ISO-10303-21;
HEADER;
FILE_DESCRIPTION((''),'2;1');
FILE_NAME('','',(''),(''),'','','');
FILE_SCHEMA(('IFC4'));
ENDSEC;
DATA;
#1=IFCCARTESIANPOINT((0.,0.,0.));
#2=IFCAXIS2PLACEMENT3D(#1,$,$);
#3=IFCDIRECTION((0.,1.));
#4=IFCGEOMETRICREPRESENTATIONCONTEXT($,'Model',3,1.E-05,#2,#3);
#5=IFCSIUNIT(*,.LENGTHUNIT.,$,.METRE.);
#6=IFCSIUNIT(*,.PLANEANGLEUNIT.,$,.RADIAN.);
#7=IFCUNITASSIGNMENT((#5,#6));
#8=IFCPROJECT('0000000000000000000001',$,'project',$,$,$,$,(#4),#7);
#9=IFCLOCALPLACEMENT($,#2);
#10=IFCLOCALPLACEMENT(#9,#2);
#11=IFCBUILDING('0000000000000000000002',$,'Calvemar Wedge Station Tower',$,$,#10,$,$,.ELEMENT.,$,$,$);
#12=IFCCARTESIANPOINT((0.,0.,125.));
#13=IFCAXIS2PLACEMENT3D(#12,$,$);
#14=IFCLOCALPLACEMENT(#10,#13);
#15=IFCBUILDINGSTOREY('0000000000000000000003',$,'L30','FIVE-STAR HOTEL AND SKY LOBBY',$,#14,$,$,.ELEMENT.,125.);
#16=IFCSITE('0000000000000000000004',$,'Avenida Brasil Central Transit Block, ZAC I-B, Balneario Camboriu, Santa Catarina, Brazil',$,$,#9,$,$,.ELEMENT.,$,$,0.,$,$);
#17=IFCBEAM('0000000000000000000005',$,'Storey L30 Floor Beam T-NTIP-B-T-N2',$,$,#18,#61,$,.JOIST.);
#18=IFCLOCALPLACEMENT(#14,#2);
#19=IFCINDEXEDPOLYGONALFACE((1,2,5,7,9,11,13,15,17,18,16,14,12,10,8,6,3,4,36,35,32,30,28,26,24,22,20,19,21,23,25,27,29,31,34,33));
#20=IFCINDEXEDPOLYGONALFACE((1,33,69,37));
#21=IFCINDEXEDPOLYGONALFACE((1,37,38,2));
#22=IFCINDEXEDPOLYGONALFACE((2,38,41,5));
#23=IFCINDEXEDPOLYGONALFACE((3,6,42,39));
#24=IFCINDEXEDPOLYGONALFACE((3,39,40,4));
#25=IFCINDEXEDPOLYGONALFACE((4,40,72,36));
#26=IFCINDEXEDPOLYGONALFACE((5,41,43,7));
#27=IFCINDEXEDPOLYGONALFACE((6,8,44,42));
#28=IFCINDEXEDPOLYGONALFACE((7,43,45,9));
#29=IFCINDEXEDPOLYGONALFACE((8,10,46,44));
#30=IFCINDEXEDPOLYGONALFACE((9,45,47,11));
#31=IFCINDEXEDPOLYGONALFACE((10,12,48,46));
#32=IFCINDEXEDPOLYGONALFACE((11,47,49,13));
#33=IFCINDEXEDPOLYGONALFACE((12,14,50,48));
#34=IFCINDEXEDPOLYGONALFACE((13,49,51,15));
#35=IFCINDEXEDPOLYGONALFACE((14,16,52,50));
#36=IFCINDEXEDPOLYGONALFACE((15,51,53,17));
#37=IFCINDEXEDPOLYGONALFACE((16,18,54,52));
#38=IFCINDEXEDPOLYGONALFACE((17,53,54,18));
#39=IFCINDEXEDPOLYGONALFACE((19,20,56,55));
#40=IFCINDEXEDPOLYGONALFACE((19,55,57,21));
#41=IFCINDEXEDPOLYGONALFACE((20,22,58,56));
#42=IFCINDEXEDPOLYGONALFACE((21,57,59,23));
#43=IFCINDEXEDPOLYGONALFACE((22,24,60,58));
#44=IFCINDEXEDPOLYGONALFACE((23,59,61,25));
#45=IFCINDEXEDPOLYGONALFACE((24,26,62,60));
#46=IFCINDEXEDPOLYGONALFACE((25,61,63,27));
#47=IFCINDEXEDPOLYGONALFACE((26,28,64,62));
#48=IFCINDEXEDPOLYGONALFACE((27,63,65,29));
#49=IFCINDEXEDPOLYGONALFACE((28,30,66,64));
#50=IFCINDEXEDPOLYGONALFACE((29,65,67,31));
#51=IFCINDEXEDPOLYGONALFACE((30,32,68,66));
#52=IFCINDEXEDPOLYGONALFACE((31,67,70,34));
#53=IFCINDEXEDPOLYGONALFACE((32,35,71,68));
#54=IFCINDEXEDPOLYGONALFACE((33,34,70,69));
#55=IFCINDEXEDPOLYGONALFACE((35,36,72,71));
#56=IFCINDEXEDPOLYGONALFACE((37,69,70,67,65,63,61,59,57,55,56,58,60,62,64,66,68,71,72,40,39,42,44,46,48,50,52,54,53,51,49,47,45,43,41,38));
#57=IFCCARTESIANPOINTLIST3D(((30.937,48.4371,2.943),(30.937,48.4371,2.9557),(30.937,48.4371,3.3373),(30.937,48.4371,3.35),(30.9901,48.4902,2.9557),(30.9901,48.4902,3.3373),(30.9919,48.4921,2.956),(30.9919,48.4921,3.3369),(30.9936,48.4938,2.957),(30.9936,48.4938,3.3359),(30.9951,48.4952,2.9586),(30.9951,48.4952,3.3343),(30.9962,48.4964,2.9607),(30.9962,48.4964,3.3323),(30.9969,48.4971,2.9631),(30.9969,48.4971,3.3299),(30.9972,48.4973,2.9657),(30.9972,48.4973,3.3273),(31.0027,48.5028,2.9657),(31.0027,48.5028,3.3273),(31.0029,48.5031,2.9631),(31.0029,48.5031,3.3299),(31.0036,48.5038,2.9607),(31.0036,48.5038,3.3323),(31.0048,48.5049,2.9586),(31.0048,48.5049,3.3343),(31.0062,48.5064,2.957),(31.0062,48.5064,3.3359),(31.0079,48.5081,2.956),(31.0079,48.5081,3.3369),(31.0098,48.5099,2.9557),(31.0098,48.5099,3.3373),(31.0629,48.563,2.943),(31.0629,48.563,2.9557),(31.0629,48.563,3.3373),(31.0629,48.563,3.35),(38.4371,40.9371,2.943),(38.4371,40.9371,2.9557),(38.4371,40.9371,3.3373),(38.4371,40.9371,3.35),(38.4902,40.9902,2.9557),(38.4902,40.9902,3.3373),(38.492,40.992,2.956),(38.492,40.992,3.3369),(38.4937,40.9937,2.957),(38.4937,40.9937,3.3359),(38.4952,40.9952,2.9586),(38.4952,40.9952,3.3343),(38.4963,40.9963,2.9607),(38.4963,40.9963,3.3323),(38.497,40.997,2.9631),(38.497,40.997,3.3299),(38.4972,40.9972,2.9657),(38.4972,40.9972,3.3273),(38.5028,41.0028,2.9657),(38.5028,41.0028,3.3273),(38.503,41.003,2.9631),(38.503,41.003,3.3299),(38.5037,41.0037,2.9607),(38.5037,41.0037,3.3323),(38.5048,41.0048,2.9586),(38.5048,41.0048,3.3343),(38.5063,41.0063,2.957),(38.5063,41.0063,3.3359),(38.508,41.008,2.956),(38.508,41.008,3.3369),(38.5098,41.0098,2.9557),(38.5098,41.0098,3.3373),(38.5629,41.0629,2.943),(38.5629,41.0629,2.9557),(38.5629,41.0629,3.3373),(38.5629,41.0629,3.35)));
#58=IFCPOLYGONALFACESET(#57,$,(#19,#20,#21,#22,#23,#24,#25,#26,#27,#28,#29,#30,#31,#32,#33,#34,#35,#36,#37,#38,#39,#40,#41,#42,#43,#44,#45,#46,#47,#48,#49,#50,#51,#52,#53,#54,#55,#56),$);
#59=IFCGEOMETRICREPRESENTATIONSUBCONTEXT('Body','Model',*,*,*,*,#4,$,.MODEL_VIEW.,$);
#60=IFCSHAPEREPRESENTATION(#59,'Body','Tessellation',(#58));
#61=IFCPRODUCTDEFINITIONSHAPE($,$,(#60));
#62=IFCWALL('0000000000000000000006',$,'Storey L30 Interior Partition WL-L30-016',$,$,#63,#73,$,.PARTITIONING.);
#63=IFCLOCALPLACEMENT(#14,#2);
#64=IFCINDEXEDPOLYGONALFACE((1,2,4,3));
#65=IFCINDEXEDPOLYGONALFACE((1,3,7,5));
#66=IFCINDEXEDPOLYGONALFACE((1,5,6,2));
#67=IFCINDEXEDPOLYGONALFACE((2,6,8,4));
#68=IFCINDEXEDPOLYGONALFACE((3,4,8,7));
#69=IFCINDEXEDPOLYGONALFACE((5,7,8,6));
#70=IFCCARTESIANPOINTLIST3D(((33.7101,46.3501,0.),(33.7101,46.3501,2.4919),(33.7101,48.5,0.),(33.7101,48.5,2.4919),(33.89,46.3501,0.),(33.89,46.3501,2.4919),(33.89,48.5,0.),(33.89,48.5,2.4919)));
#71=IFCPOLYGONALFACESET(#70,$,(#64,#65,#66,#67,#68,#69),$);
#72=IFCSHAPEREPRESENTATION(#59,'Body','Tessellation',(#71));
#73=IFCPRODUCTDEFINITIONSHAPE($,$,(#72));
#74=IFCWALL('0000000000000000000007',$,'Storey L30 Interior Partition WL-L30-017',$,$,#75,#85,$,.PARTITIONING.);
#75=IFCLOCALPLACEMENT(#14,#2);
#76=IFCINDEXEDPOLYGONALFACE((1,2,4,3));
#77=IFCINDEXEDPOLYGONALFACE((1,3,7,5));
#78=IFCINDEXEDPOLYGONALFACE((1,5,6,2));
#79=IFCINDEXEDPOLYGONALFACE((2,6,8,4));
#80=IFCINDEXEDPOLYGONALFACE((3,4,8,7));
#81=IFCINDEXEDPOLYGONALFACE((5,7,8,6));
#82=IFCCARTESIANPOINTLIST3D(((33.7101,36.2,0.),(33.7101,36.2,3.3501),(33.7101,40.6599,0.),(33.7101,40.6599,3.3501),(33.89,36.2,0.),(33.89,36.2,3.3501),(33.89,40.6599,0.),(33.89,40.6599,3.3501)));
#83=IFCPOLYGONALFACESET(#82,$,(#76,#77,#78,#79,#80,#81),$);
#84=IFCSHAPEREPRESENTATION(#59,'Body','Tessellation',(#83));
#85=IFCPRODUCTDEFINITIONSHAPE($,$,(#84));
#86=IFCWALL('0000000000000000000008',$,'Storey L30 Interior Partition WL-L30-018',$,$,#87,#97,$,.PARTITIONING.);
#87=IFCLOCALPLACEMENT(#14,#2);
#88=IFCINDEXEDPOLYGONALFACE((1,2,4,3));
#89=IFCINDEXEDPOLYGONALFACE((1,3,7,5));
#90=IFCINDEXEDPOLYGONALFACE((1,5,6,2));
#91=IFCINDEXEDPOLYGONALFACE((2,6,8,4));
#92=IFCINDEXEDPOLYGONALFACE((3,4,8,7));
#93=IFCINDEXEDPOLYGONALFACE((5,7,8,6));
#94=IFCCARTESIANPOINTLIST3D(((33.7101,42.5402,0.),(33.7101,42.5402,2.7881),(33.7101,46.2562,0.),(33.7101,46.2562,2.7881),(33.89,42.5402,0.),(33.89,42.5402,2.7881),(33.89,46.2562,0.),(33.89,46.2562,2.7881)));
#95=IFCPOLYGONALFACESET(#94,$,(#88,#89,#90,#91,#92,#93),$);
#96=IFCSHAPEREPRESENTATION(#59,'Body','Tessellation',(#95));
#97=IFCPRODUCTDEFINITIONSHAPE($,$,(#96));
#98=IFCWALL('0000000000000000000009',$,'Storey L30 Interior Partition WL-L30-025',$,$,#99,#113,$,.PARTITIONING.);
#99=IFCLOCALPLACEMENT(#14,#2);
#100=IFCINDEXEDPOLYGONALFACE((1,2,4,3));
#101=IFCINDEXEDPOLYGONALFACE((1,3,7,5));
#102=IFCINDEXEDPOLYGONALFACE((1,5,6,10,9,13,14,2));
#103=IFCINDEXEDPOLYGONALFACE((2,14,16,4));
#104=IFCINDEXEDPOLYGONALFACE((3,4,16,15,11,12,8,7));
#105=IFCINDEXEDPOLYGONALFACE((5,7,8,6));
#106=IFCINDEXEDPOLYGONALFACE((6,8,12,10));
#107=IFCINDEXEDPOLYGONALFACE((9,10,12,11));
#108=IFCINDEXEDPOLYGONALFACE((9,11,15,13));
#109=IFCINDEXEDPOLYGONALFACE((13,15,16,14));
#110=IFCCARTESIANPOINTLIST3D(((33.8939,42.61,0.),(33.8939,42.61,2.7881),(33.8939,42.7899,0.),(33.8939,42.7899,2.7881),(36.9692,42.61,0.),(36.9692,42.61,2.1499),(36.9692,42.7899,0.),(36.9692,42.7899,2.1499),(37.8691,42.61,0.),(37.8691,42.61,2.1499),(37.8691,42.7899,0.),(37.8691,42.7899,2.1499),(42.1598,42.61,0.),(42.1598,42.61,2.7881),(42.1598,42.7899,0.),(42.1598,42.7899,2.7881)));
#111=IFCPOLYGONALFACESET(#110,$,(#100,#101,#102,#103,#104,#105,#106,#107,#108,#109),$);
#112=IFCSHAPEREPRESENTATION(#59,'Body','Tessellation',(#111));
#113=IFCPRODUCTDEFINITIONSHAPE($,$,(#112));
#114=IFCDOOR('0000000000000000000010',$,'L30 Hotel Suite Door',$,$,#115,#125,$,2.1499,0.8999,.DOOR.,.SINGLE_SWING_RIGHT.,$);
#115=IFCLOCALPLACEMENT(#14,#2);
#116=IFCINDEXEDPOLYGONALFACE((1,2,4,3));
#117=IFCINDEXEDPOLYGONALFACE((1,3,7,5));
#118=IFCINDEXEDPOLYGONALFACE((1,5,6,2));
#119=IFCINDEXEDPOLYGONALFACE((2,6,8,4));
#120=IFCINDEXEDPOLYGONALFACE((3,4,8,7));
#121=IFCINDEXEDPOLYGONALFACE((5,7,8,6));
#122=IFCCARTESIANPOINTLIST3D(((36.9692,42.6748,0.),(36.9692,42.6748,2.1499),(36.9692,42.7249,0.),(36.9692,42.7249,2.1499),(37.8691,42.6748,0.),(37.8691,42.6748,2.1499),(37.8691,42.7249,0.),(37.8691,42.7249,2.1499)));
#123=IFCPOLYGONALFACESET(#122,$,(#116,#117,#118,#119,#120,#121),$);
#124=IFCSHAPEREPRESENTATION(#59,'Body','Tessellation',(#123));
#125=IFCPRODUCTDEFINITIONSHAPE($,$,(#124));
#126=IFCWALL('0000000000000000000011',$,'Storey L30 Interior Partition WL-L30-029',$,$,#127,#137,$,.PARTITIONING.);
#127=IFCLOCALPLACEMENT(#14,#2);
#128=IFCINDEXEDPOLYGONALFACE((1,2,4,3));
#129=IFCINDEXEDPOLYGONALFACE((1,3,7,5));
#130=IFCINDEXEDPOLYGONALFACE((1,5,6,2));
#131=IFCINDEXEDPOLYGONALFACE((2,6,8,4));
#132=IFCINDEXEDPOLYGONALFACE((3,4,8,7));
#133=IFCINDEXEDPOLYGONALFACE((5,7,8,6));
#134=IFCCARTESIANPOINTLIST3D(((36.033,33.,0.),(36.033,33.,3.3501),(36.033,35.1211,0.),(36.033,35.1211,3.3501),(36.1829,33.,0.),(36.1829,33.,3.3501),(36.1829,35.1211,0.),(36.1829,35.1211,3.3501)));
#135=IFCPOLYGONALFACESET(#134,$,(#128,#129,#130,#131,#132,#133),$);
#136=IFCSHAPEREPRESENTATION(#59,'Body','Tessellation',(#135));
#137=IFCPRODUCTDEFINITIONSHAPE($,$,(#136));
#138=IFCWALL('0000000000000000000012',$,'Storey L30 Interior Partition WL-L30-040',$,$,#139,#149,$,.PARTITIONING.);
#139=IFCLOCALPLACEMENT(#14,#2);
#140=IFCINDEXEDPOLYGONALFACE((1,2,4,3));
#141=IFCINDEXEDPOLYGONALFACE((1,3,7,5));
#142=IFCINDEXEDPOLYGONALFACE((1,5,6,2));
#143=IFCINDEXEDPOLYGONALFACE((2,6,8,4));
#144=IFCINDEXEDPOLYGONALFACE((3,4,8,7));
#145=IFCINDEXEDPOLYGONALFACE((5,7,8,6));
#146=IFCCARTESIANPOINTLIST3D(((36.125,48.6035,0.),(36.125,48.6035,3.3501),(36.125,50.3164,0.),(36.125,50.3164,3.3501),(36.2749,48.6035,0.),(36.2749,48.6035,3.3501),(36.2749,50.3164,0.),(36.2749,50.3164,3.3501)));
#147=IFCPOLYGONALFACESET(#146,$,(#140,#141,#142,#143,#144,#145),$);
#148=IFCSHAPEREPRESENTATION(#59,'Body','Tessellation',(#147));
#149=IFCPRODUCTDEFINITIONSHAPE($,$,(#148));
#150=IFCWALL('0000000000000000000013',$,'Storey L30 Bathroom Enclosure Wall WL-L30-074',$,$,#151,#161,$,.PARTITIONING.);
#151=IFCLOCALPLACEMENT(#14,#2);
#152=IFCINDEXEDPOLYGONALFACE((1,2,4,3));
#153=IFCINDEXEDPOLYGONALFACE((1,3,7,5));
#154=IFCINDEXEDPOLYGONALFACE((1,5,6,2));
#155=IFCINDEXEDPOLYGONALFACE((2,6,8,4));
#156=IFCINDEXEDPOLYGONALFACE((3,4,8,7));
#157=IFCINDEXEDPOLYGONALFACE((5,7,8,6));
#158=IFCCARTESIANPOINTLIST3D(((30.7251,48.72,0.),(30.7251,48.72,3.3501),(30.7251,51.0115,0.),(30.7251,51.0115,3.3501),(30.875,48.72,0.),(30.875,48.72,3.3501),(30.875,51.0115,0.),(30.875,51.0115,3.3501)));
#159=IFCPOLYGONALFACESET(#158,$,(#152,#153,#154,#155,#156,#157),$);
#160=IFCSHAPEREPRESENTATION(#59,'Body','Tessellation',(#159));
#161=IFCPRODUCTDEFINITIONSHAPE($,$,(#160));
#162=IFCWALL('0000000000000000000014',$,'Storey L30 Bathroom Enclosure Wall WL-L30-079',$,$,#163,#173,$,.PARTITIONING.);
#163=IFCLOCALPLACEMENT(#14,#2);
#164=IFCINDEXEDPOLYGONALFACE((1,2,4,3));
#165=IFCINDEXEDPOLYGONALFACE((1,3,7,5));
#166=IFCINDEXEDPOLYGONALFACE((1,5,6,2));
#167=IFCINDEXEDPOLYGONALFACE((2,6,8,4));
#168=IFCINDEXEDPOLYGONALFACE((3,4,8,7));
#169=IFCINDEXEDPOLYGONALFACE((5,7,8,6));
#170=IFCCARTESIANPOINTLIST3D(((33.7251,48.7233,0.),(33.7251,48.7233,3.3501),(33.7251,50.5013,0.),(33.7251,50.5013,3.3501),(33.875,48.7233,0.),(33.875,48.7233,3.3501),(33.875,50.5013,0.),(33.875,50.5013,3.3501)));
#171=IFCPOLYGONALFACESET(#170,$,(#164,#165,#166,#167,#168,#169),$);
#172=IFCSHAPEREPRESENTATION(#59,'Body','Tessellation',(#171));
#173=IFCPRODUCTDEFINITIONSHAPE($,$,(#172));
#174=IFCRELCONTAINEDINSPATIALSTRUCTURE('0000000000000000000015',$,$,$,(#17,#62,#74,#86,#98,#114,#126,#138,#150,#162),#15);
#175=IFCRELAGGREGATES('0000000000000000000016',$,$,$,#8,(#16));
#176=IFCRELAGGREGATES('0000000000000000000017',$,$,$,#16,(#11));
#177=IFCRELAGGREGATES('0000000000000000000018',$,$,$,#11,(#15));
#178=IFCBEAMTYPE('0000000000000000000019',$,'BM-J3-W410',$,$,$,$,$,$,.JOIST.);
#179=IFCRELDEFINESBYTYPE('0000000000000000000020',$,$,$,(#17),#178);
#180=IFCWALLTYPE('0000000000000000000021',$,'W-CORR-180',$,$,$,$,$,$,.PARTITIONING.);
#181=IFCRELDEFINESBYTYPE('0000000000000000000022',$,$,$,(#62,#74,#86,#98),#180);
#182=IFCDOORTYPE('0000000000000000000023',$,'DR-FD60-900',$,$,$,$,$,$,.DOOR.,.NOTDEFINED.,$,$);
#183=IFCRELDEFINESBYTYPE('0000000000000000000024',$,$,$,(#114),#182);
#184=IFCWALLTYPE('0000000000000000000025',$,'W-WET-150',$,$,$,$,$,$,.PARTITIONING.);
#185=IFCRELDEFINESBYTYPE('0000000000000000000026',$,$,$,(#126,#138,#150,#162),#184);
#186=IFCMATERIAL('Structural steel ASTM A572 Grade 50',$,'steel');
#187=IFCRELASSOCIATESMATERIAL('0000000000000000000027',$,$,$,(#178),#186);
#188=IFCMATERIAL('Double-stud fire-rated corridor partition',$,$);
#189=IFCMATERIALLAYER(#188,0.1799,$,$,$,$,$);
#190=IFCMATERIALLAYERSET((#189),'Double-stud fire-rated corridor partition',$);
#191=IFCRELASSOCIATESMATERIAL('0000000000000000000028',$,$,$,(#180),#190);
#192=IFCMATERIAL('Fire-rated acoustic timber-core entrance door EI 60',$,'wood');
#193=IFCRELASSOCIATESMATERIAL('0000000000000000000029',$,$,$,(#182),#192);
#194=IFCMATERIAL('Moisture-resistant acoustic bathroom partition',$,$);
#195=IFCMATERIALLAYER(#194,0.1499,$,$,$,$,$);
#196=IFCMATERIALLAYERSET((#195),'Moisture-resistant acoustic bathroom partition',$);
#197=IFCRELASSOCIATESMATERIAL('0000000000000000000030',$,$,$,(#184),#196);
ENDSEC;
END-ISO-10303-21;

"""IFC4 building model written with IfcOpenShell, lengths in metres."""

from ifc_helpers import new_model, si_unit, direction, frame, frame_2d, origin, origin_2d, place, context, subcontext, project, spatial, rectangle, i_section, extrude, source, transform, mapped, material, layer, layer_set, material_profile, profile_set, type_object, element, fill, save


model = new_model("IFC4")

# Units and contexts
model_context = context("Model", 3, precision=1e-05, world=origin(), true_north=direction((0.0, 1.0)))
body_context = subcontext(model_context, "Body", "Model", "MODEL_VIEW")
ifc_project = project(units=[si_unit("LENGTHUNIT", "METRE"), si_unit("PLANEANGLEUNIT", "RADIAN")], contexts=[model_context])

# Site, building, storey
site_placement = place(None, origin())
site = spatial("IfcSite", under=ifc_project, at=site_placement, Name="Avenida Brasil Central Transit Block, ZAC I-B, Balneario Camboriu, Santa Catarina, Brazil", CompositionType="ELEMENT", RefElevation=0.0)
building_placement = place(site_placement, origin())
building = spatial("IfcBuilding", under=site, at=building_placement, Name="Calvemar Wedge Station Tower", CompositionType="ELEMENT")
storey_placement = place(building_placement, frame((0.0, 0.0, 125.0)))
storey = spatial("IfcBuildingStorey", under=building, at=storey_placement, Name="L30", Description="FIVE-STAR HOTEL AND SKY LOBBY", CompositionType="ELEMENT", Elevation=125.0)

# Shared definitions
ifc_material_1 = material(Name="Structural steel ASTM A572 Grade 50", Category="steel")

# Beam
ifc_material_profile_1 = material_profile(ifc_material_1, i_section(OverallWidth=0.178, OverallDepth=0.407, WebThickness=0.0078, FlangeThickness=0.0127, FilletRadius=0.01, at=origin_2d()), Name="W410x60")
ifc_profile_set_1 = profile_set([ifc_material_profile_1], Name="Structural steel ASTM A572 Grade 50")
beam_type_1 = type_object("IfcBeamType", Name="BM-J3-W410", PredefinedType="JOIST", material=ifc_profile_set_1)
shared_shape_1 = source(origin(), body_context, "Body", "SweptSolid", [
    extrude(i_section(OverallWidth=0.178, OverallDepth=0.407, WebThickness=0.0078, FlangeThickness=0.0127, FilletRadius=0.01, at=origin_2d()), origin(), (0.0, 0.0, 1.0), 10.6067),
])
beam_1_placement = place(storey_placement, frame((38.5, 41.0, 3.1465), z_axis=(-0.707107, 0.707107, 0.0), x_axis=(-0.707107, -0.707107, 0.0)))
element("IfcBeam", 1, at=beam_1_placement, inside=storey, type_object=beam_type_1, Name="Storey L30 Floor Beam T-NTIP-B-T-N2", PredefinedType="JOIST", context=body_context, shape_type="MappedRepresentation", body=[
    mapped(shared_shape_1, transform((0.0, 0.0, 0.0), scale=1.0)),
])

# Walls
ifc_material_2 = material(Name="Double-stud fire-rated corridor partition")
ifc_layer_1 = layer(ifc_material_2, 0.1799)
ifc_layer_set_1 = layer_set([ifc_layer_1], Name="Double-stud fire-rated corridor partition")
wall_type_1 = type_object("IfcWallType", Name="W-CORR-180", PredefinedType="PARTITIONING", material=ifc_layer_set_1)
wall_1_placement = place(storey_placement, frame((33.8, 48.5, 0.0), z_axis=(0.0, 0.0, 1.0), x_axis=(0.0, -1.0, 0.0)))
element("IfcWall", 2, at=wall_1_placement, inside=storey, type_object=wall_type_1, Name="Storey L30 Interior Partition WL-L30-016", PredefinedType="PARTITIONING", context=body_context, shape_type="SweptSolid", body=[
    extrude(rectangle(XDim=2.1499, YDim=0.1799, at=frame_2d((1.075, 0.0))), origin(), (0.0, 0.0, 1.0), 2.4919),
])
wall_2_placement = place(storey_placement, frame((33.8, 40.6599, 0.0), z_axis=(0.0, 0.0, 1.0), x_axis=(0.0, -1.0, 0.0)))
element("IfcWall", 3, at=wall_2_placement, inside=storey, type_object=wall_type_1, Name="Storey L30 Interior Partition WL-L30-017", PredefinedType="PARTITIONING", context=body_context, shape_type="SweptSolid", body=[
    extrude(rectangle(XDim=4.46, YDim=0.1799, at=frame_2d((2.23, 0.0))), origin(), (0.0, 0.0, 1.0), 3.3501),
])
wall_3_placement = place(storey_placement, frame((33.8, 46.2561, 0.0), z_axis=(0.0, 0.0, 1.0), x_axis=(0.0, -1.0, 0.0)))
element("IfcWall", 4, at=wall_3_placement, inside=storey, type_object=wall_type_1, Name="Storey L30 Interior Partition WL-L30-018", PredefinedType="PARTITIONING", context=body_context, shape_type="SweptSolid", body=[
    extrude(rectangle(XDim=3.7161, YDim=0.1799, at=frame_2d((1.8579, 0.0))), origin(), (0.0, 0.0, 1.0), 2.7881),
])

# Wall, opening, door
wall_4_placement = place(storey_placement, frame((33.894, 42.7, 0.0), z_axis=(0.0, 0.0, 1.0), x_axis=(1.0, 0.0, 0.0)))
wall_4 = element("IfcWall", 5, at=wall_4_placement, inside=storey, type_object=wall_type_1, Name="Storey L30 Interior Partition WL-L30-025", PredefinedType="PARTITIONING", context=body_context, shape_type="SweptSolid", body=[
    extrude(rectangle(XDim=8.2659, YDim=0.1799, at=frame_2d((4.1328, 0.0))), origin(), (0.0, 0.0, 1.0), 2.7881),
])
shared_shape_2 = source(origin(), body_context, "Body", "SweptSolid", [
    extrude(rectangle(XDim=0.8999, YDim=2.1499, at=frame_2d((0.45, 1.075))), frame((0.0, 0.1001, 0.0), z_axis=(0.0, -1.0, 0.0), x_axis=(1.0, 0.0, 0.0)), (0.0, 0.0, 1.0), 0.2),
])
opening_1_placement = place(wall_4_placement, frame((3.0752, 0.0, 0.0)))
opening_1 = element("IfcOpeningElement", 6, at=opening_1_placement, cuts=wall_4, PredefinedType="OPENING", context=body_context, shape_type="MappedRepresentation", body=[
    mapped(shared_shape_2, transform((0.0, 0.0, 0.0), scale=1.0)),
])
ifc_material_3 = material(Name="Fire-rated acoustic timber-core entrance door EI 60", Category="wood")
door_type_1 = type_object("IfcDoorType", Name="DR-FD60-900", OperationType="NOTDEFINED", PredefinedType="DOOR", material=ifc_material_3)
shared_shape_3 = source(origin(), body_context, "Body", "SweptSolid", [
    extrude(rectangle(XDim=0.8999, YDim=2.1499, at=frame_2d((0.45, 1.075))), frame((0.0, 0.0249, 0.0), z_axis=(0.0, -1.0, 0.0), x_axis=(1.0, 0.0, 0.0)), (0.0, 0.0, 1.0), 0.05),
])
door_1_placement = place(opening_1_placement, origin())
door_1 = element("IfcDoor", 7, at=door_1_placement, inside=storey, type_object=door_type_1, Name="L30 Hotel Suite Door", OperationType="SINGLE_SWING_RIGHT", OverallHeight=2.1499, OverallWidth=0.8999, PredefinedType="DOOR", context=body_context, shape_type="MappedRepresentation", body=[
    mapped(shared_shape_3, transform((0.0, 0.0, 0.0), scale=1.0)),
])
fill(opening_1, door_1)
ifc_material_4 = material(Name="Moisture-resistant acoustic bathroom partition")
ifc_layer_2 = layer(ifc_material_4, 0.1499)
ifc_layer_set_2 = layer_set([ifc_layer_2], Name="Moisture-resistant acoustic bathroom partition")
wall_type_2 = type_object("IfcWallType", Name="W-WET-150", PredefinedType="PARTITIONING", material=ifc_layer_set_2)

# Wall
wall_5_placement = place(storey_placement, frame((36.1079, 35.1211, 0.0), z_axis=(0.0, 0.0, 1.0), x_axis=(0.0, -1.0, 0.0)))
element("IfcWall", 8, at=wall_5_placement, inside=storey, type_object=wall_type_2, Name="Storey L30 Interior Partition WL-L30-029", PredefinedType="PARTITIONING", context=body_context, shape_type="SweptSolid", body=[
    extrude(rectangle(XDim=2.1211, YDim=0.1499, at=frame_2d((1.0605, 0.0))), origin(), (0.0, 0.0, 1.0), 3.3501),
])

# Walls
wall_6_placement = place(storey_placement, frame((36.2, 50.3164, 0.0), z_axis=(0.0, 0.0, 1.0), x_axis=(0.0, -1.0, 0.0)))
element("IfcWall", 9, at=wall_6_placement, inside=storey, type_object=wall_type_2, Name="Storey L30 Interior Partition WL-L30-040", PredefinedType="PARTITIONING", context=body_context, shape_type="SweptSolid", body=[
    extrude(rectangle(XDim=1.7129, YDim=0.1499, at=frame_2d((0.8564, 0.0))), origin(), (0.0, 0.0, 1.0), 3.3501),
])
wall_7_placement = place(storey_placement, frame((30.8, 51.0115, 0.0), z_axis=(0.0, 0.0, 1.0), x_axis=(0.0, -1.0, 0.0)))
element("IfcWall", 10, at=wall_7_placement, inside=storey, type_object=wall_type_2, Name="Storey L30 Bathroom Enclosure Wall WL-L30-074", PredefinedType="PARTITIONING", context=body_context, shape_type="SweptSolid", body=[
    extrude(rectangle(XDim=2.2915, YDim=0.1499, at=frame_2d((1.1458, 0.0))), origin(), (0.0, 0.0, 1.0), 3.3501),
])
wall_8_placement = place(storey_placement, frame((33.8, 48.7231, 0.0), z_axis=(0.0, 0.0, 1.0), x_axis=(0.0, 1.0, 0.0)))
element("IfcWall", 11, at=wall_8_placement, inside=storey, type_object=wall_type_2, Name="Storey L30 Bathroom Enclosure Wall WL-L30-079", PredefinedType="PARTITIONING", context=body_context, shape_type="SweptSolid", body=[
    extrude(rectangle(XDim=1.7781, YDim=0.1499, at=frame_2d((0.8892, 0.0))), origin(), (0.0, 0.0, 1.0), 3.3501),
])

save(model, "model.ifc")
